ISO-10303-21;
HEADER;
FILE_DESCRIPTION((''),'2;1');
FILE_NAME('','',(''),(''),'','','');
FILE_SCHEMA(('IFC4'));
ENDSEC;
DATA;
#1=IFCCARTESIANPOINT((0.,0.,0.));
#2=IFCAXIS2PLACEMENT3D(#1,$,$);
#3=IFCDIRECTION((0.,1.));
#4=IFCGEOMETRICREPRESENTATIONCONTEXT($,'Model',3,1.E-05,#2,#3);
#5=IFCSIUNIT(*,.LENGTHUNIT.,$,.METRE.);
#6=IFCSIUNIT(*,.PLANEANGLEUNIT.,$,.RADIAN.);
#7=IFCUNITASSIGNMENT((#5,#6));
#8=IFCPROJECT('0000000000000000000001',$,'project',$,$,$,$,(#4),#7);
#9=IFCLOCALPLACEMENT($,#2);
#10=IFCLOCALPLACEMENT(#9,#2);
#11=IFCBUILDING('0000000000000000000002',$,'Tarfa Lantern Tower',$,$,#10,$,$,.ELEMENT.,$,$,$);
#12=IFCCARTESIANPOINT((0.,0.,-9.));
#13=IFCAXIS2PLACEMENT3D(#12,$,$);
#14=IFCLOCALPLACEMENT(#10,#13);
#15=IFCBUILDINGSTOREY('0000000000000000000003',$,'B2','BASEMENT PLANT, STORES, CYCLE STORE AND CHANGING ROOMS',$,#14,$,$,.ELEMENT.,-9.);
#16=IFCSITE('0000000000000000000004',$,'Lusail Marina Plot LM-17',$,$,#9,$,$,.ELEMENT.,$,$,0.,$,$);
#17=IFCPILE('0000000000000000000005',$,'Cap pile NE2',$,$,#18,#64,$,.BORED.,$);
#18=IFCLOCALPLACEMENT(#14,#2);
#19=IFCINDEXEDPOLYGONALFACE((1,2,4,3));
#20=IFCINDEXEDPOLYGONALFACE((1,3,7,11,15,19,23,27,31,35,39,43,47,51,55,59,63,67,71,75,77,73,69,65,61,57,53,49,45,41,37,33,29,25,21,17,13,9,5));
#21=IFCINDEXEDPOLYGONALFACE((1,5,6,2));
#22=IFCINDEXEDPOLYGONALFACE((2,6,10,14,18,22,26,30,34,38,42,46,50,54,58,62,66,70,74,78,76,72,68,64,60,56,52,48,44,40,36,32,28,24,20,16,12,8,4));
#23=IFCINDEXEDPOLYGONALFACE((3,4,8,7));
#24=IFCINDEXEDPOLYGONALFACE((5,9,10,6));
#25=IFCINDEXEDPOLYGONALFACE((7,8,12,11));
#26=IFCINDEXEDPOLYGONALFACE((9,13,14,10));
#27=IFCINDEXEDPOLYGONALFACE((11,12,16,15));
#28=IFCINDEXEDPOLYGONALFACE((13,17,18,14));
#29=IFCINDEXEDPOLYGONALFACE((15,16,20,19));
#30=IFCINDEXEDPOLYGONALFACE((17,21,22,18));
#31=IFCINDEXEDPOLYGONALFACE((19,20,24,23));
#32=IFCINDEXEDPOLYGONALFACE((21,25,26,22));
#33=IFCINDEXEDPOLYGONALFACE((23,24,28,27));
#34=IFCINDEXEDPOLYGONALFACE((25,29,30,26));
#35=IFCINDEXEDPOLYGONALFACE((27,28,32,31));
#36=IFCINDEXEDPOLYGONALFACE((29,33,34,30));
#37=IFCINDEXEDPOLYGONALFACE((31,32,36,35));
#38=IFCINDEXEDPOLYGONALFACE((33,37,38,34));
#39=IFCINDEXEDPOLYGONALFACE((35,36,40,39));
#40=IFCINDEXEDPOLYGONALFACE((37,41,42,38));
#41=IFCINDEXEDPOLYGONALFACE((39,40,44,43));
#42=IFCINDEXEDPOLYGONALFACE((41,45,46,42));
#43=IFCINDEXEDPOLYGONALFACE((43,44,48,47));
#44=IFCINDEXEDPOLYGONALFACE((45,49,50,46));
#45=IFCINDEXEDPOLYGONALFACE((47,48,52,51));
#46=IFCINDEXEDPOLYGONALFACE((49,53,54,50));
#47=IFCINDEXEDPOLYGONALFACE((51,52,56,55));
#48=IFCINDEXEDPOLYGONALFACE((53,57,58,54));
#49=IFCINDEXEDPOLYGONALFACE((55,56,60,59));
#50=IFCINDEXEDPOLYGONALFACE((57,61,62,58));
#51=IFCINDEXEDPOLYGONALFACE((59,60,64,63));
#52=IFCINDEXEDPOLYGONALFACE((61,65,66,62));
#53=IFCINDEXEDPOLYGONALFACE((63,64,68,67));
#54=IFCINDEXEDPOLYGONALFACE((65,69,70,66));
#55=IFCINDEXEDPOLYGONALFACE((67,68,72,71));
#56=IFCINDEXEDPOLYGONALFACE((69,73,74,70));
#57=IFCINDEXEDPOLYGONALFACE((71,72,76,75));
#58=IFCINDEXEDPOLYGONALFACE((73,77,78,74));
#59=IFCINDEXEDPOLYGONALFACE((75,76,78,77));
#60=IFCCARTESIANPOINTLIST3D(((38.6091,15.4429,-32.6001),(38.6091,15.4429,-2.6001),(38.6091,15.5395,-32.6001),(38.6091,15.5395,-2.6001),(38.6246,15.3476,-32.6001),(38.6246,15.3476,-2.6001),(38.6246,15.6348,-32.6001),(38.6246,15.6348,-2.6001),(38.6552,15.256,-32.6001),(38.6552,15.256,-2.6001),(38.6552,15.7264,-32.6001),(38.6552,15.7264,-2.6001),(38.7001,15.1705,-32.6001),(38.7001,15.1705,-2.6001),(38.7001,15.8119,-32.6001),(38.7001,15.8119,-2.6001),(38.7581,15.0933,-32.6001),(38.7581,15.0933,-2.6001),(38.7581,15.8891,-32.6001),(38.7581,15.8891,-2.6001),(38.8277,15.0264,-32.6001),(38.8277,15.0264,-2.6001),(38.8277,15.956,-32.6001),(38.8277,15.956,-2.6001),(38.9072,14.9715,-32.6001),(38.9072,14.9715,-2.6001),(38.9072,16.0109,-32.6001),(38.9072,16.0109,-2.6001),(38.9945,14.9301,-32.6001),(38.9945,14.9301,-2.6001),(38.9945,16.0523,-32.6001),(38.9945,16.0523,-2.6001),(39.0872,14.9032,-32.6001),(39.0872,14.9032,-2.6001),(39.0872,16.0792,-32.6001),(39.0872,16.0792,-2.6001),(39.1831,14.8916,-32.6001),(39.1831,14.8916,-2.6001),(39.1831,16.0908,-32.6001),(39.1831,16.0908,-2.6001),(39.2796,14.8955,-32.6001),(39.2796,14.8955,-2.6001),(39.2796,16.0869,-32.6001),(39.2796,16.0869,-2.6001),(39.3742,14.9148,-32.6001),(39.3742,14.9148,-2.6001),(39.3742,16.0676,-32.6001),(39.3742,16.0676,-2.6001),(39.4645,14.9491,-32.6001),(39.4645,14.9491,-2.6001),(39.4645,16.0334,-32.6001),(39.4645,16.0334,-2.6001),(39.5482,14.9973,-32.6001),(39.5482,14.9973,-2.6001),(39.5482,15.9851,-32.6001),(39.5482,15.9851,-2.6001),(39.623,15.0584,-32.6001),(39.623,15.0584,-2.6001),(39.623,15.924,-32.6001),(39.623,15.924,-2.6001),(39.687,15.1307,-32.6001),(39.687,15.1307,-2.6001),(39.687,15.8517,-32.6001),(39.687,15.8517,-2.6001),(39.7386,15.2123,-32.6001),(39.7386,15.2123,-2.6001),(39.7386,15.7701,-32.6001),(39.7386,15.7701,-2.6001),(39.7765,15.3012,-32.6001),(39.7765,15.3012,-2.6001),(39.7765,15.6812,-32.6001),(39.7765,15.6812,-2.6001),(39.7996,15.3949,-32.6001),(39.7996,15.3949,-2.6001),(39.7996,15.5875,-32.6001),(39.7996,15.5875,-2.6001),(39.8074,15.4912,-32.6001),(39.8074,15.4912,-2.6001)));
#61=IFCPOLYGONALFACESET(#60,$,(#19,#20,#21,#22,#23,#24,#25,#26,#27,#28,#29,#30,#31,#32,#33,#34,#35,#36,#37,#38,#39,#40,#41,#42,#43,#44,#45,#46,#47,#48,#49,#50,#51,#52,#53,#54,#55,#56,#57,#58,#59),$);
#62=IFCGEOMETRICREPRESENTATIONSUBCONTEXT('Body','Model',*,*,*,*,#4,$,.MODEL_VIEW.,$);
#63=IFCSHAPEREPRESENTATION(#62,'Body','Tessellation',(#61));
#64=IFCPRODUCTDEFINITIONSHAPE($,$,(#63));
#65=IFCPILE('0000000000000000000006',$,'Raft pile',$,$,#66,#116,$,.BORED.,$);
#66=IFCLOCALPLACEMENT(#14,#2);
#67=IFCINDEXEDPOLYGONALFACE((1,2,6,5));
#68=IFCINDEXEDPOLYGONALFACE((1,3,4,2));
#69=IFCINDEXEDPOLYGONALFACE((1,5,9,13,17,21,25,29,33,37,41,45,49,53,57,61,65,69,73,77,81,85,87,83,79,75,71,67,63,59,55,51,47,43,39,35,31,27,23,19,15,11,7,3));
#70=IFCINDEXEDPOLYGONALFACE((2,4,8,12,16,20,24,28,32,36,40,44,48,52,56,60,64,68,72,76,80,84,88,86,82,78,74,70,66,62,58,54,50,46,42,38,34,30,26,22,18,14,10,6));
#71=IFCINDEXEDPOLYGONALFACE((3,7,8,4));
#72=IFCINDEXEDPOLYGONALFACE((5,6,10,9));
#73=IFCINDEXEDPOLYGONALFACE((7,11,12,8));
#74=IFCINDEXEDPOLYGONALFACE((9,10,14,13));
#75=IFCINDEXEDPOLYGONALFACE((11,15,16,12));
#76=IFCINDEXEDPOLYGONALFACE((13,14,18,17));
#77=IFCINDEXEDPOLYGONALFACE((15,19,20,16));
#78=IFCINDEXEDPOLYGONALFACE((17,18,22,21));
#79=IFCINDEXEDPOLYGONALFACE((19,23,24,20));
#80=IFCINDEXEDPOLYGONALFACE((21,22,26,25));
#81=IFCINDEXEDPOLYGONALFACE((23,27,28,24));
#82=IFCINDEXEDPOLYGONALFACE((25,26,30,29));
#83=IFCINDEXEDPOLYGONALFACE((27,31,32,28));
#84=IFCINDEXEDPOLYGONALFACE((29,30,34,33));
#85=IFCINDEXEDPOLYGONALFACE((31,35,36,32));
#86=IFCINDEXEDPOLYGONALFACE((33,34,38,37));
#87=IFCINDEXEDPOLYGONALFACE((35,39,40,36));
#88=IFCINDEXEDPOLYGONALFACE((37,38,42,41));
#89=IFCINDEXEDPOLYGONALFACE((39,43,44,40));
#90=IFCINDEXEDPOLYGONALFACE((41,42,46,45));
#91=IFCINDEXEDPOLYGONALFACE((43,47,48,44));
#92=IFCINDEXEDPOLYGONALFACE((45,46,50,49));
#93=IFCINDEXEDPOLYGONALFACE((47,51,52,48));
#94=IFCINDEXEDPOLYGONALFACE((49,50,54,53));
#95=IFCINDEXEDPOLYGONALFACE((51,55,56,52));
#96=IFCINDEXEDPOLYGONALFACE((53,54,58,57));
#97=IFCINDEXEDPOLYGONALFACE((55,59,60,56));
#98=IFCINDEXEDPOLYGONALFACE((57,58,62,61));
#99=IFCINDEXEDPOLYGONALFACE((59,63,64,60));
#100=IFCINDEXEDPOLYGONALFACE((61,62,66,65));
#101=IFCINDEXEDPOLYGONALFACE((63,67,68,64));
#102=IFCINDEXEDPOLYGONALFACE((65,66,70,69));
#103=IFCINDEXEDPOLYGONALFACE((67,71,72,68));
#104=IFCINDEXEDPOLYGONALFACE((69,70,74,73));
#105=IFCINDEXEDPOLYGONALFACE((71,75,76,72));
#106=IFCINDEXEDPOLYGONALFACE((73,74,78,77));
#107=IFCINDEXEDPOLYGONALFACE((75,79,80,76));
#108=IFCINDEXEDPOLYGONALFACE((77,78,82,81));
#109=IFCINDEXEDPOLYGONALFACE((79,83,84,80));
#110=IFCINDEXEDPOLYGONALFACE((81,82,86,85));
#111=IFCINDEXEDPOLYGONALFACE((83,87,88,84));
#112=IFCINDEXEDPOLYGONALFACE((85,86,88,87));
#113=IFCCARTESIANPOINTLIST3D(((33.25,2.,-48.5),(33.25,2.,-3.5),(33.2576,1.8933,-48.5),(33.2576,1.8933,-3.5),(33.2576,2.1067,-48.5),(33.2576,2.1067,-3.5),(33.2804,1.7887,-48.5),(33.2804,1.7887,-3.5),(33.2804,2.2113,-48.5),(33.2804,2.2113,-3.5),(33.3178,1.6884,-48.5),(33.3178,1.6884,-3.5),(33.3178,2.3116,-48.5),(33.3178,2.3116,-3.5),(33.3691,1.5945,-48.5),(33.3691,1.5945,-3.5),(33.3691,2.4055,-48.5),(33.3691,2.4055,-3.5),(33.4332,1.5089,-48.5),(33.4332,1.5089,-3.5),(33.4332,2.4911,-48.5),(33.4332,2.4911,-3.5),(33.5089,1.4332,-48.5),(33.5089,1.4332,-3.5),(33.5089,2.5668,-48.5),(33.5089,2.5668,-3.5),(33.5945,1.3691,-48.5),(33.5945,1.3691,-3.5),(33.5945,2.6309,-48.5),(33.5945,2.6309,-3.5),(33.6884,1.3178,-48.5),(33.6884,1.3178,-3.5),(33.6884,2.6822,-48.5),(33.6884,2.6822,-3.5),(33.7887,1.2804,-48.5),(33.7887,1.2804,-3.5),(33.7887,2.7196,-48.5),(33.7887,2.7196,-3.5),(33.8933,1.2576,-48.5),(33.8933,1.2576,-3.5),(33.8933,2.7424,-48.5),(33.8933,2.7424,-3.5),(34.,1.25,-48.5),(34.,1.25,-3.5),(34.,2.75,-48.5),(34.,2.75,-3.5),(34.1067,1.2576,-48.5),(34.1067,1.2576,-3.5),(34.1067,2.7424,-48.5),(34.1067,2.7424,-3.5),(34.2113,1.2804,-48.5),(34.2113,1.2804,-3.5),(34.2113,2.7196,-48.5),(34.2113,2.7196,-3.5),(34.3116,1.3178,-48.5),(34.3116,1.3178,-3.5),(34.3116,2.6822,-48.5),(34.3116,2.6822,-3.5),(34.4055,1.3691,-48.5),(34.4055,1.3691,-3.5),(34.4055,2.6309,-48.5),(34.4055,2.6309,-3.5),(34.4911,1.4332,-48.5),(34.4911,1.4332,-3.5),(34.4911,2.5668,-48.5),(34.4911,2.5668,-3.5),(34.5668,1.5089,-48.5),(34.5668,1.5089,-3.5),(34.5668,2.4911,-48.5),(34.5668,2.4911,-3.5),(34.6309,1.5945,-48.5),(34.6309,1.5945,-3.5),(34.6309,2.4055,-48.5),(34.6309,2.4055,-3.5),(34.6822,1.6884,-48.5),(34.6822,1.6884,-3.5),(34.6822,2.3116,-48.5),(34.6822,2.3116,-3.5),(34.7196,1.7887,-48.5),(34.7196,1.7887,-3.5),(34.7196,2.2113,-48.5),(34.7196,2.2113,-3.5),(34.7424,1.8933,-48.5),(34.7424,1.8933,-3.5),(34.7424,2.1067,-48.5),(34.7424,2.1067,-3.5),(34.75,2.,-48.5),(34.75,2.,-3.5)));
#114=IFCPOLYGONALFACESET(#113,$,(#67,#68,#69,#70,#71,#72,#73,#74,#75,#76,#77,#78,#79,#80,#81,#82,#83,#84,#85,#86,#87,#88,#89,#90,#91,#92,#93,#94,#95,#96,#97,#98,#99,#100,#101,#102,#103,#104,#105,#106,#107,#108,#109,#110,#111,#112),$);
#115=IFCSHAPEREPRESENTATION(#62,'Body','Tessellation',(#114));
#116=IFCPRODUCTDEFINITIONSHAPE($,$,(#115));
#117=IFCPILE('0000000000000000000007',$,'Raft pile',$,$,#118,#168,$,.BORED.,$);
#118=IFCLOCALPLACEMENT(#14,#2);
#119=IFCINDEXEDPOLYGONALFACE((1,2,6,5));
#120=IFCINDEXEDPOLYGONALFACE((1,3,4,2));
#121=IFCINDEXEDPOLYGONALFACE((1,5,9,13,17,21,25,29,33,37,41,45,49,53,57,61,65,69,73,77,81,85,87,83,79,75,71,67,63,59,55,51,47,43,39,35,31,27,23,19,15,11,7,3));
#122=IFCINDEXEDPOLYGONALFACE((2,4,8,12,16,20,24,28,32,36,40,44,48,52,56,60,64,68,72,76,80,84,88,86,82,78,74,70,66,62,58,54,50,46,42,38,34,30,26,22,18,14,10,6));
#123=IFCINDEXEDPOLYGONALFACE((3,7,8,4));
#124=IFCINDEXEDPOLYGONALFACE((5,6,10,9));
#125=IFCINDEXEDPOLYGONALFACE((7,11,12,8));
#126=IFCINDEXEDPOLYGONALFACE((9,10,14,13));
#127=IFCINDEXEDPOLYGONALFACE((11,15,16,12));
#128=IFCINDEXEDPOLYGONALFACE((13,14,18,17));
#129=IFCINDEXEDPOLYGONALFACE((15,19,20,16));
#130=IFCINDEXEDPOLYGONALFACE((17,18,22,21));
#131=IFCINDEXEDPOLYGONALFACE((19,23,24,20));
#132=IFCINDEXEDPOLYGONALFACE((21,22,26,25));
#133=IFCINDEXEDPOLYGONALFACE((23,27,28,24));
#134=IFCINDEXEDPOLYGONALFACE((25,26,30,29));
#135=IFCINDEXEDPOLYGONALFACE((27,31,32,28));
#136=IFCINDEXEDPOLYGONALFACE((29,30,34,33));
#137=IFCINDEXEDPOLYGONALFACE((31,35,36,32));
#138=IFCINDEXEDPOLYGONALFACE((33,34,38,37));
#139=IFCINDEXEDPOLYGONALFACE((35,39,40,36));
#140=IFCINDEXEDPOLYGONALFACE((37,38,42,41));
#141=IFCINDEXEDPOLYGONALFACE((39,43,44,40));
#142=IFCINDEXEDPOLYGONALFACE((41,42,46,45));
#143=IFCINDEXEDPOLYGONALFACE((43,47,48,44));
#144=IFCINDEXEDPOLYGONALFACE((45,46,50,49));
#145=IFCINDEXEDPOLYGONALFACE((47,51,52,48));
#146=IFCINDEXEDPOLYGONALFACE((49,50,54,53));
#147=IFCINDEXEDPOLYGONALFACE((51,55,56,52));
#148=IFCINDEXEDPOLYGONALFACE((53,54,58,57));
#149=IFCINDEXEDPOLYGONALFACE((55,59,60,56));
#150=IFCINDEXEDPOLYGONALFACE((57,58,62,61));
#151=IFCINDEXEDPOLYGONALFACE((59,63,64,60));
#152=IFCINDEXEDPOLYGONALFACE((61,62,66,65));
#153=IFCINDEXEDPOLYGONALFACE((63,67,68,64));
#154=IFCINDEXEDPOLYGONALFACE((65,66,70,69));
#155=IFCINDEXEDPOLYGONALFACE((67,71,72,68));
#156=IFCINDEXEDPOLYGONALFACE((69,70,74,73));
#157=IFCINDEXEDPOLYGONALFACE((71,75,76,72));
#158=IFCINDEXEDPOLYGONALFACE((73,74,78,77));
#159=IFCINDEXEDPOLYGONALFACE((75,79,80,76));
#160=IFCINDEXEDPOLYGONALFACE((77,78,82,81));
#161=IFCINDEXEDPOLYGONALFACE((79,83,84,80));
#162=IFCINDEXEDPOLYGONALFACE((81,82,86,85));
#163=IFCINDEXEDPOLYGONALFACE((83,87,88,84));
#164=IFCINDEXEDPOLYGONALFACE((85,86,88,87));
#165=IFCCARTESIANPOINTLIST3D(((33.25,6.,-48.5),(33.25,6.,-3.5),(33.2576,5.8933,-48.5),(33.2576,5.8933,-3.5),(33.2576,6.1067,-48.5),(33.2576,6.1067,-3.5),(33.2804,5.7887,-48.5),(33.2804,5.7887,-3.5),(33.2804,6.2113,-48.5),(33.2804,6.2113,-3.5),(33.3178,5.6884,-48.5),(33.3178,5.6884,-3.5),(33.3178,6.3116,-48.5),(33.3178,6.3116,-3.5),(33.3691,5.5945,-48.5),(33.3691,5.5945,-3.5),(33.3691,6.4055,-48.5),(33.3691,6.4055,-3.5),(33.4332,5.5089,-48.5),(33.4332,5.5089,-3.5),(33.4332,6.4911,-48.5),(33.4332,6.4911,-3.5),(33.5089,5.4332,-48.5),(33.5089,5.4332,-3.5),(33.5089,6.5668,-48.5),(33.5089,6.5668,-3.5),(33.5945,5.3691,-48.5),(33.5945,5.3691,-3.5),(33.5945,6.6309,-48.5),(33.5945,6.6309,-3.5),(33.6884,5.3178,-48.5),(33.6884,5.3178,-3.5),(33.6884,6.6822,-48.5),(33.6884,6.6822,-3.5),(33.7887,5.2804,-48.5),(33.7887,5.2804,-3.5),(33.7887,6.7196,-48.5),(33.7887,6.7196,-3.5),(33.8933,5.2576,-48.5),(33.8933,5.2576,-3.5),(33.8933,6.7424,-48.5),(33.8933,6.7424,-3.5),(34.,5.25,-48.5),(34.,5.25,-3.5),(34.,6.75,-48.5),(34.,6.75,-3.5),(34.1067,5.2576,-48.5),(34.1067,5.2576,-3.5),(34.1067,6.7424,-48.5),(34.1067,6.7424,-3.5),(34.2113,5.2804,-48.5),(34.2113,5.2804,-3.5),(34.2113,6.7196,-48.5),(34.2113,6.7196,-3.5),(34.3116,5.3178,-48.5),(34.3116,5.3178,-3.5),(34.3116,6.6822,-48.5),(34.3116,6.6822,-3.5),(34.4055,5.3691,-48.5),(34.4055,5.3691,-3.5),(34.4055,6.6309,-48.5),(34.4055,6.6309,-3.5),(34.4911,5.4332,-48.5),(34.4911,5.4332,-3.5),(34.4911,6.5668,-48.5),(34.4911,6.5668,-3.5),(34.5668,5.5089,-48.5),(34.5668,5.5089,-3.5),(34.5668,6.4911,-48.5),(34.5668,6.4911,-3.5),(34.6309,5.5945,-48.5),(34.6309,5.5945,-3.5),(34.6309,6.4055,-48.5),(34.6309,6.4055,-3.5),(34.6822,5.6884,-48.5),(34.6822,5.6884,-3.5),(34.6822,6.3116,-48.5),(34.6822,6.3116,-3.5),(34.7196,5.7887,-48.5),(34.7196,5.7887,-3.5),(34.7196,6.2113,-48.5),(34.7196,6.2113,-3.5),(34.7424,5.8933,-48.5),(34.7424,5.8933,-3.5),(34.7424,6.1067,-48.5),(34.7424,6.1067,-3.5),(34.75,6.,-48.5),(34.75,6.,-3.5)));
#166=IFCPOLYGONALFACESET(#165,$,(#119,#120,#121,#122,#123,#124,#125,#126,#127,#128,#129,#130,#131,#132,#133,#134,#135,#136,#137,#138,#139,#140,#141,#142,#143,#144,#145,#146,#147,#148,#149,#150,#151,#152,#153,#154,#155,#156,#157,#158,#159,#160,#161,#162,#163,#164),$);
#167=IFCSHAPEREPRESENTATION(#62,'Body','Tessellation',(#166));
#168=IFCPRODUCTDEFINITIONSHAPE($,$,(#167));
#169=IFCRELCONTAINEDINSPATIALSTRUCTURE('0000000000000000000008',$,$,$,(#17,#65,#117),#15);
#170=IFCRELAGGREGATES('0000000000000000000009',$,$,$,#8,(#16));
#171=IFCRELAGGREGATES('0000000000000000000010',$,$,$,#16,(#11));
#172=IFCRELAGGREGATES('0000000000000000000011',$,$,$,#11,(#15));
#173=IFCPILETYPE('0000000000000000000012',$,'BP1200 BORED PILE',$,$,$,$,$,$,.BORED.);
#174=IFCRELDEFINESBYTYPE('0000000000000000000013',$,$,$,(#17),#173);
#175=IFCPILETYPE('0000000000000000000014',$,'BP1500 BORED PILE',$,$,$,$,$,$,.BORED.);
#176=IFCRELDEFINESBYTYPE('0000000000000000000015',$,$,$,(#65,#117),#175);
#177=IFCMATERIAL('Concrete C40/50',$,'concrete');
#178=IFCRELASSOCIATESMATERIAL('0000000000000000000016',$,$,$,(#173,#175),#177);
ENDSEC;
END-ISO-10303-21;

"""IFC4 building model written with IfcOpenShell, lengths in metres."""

from ifc_helpers import new_model, si_unit, direction, frame, origin, origin_2d, place, context, subcontext, project, spatial, circle, extrude, material, material_profile, profile_set, type_object, element, save


model = new_model("IFC4")

# Units and contexts
model_context = context("Model", 3, precision=1e-05, world=origin(), true_north=direction((0.0, 1.0)))
body_context = subcontext(model_context, "Body", "Model", "MODEL_VIEW")
ifc_project = project(units=[si_unit("LENGTHUNIT", "METRE"), si_unit("PLANEANGLEUNIT", "RADIAN")], contexts=[model_context])

# Site, building, storey
site_placement = place(None, origin())
site = spatial("IfcSite", under=ifc_project, at=site_placement, Name="Lusail Marina Plot LM-17", CompositionType="ELEMENT", RefElevation=0.0)
building_placement = place(site_placement, origin())
building = spatial("IfcBuilding", under=site, at=building_placement, Name="Tarfa Lantern Tower", CompositionType="ELEMENT")
storey_placement = place(building_placement, frame((0.0, 0.0, -9.0)))
storey = spatial("IfcBuildingStorey", under=building, at=storey_placement, Name="B2", Description="BASEMENT PLANT, STORES, CYCLE STORE AND CHANGING ROOMS", CompositionType="ELEMENT", Elevation=-9.0)

# Piles
ifc_material_1 = material(Name="Concrete C40/50", Category="concrete")
ifc_material_profile_1 = material_profile(ifc_material_1, circle(Radius=0.6001, at=origin_2d()), Name="BORED PILE D1200")
ifc_profile_set_1 = profile_set([ifc_material_profile_1], Name="Concrete C40/50")
pile_type_1 = type_object("IfcPileType", Name="BP1200 BORED PILE", PredefinedType="BORED", material=ifc_profile_set_1)
for number, where, z_axis, x_axis, name in (
    (1, (39.2073, 15.4912, -2.6001), (0.0, 0.0, -1.0), (1.0, 0.0, 0.0), "Cap pile NE2"),
):
    element("IfcPile", number, at=place(storey_placement, frame(where, z_axis=z_axis, x_axis=x_axis)), inside=storey, type_object=pile_type_1, Name=name, PredefinedType="BORED", context=body_context, shape_type="SweptSolid", body=[
        extrude(circle(Radius=0.6001, at=origin_2d()), origin(), (0.0, 0.0, 1.0), 30.0),
    ])
ifc_material_profile_2 = material_profile(ifc_material_1, circle(Radius=0.75, at=origin_2d()), Name="BORED PILE D1500")
ifc_profile_set_2 = profile_set([ifc_material_profile_2], Name="Concrete C40/50")
pile_type_2 = type_object("IfcPileType", Name="BP1500 BORED PILE", PredefinedType="BORED", material=ifc_profile_set_2)
for number, where, z_axis, x_axis, name in (
    (2, (34.0, 2.0, -3.5), (0.0, 0.0, -1.0), (1.0, 0.0, 0.0), "Raft pile"),
    (3, (34.0, 6.0, -3.5), (0.0, 0.0, -1.0), (1.0, 0.0, 0.0), "Raft pile"),
):
    element("IfcPile", number, at=place(storey_placement, frame(where, z_axis=z_axis, x_axis=x_axis)), inside=storey, type_object=pile_type_2, Name=name, PredefinedType="BORED", context=body_context, shape_type="SweptSolid", body=[
        extrude(circle(Radius=0.75, at=origin_2d()), origin(), (0.0, 0.0, 1.0), 45.0),
    ])

save(model, "model.ifc")
